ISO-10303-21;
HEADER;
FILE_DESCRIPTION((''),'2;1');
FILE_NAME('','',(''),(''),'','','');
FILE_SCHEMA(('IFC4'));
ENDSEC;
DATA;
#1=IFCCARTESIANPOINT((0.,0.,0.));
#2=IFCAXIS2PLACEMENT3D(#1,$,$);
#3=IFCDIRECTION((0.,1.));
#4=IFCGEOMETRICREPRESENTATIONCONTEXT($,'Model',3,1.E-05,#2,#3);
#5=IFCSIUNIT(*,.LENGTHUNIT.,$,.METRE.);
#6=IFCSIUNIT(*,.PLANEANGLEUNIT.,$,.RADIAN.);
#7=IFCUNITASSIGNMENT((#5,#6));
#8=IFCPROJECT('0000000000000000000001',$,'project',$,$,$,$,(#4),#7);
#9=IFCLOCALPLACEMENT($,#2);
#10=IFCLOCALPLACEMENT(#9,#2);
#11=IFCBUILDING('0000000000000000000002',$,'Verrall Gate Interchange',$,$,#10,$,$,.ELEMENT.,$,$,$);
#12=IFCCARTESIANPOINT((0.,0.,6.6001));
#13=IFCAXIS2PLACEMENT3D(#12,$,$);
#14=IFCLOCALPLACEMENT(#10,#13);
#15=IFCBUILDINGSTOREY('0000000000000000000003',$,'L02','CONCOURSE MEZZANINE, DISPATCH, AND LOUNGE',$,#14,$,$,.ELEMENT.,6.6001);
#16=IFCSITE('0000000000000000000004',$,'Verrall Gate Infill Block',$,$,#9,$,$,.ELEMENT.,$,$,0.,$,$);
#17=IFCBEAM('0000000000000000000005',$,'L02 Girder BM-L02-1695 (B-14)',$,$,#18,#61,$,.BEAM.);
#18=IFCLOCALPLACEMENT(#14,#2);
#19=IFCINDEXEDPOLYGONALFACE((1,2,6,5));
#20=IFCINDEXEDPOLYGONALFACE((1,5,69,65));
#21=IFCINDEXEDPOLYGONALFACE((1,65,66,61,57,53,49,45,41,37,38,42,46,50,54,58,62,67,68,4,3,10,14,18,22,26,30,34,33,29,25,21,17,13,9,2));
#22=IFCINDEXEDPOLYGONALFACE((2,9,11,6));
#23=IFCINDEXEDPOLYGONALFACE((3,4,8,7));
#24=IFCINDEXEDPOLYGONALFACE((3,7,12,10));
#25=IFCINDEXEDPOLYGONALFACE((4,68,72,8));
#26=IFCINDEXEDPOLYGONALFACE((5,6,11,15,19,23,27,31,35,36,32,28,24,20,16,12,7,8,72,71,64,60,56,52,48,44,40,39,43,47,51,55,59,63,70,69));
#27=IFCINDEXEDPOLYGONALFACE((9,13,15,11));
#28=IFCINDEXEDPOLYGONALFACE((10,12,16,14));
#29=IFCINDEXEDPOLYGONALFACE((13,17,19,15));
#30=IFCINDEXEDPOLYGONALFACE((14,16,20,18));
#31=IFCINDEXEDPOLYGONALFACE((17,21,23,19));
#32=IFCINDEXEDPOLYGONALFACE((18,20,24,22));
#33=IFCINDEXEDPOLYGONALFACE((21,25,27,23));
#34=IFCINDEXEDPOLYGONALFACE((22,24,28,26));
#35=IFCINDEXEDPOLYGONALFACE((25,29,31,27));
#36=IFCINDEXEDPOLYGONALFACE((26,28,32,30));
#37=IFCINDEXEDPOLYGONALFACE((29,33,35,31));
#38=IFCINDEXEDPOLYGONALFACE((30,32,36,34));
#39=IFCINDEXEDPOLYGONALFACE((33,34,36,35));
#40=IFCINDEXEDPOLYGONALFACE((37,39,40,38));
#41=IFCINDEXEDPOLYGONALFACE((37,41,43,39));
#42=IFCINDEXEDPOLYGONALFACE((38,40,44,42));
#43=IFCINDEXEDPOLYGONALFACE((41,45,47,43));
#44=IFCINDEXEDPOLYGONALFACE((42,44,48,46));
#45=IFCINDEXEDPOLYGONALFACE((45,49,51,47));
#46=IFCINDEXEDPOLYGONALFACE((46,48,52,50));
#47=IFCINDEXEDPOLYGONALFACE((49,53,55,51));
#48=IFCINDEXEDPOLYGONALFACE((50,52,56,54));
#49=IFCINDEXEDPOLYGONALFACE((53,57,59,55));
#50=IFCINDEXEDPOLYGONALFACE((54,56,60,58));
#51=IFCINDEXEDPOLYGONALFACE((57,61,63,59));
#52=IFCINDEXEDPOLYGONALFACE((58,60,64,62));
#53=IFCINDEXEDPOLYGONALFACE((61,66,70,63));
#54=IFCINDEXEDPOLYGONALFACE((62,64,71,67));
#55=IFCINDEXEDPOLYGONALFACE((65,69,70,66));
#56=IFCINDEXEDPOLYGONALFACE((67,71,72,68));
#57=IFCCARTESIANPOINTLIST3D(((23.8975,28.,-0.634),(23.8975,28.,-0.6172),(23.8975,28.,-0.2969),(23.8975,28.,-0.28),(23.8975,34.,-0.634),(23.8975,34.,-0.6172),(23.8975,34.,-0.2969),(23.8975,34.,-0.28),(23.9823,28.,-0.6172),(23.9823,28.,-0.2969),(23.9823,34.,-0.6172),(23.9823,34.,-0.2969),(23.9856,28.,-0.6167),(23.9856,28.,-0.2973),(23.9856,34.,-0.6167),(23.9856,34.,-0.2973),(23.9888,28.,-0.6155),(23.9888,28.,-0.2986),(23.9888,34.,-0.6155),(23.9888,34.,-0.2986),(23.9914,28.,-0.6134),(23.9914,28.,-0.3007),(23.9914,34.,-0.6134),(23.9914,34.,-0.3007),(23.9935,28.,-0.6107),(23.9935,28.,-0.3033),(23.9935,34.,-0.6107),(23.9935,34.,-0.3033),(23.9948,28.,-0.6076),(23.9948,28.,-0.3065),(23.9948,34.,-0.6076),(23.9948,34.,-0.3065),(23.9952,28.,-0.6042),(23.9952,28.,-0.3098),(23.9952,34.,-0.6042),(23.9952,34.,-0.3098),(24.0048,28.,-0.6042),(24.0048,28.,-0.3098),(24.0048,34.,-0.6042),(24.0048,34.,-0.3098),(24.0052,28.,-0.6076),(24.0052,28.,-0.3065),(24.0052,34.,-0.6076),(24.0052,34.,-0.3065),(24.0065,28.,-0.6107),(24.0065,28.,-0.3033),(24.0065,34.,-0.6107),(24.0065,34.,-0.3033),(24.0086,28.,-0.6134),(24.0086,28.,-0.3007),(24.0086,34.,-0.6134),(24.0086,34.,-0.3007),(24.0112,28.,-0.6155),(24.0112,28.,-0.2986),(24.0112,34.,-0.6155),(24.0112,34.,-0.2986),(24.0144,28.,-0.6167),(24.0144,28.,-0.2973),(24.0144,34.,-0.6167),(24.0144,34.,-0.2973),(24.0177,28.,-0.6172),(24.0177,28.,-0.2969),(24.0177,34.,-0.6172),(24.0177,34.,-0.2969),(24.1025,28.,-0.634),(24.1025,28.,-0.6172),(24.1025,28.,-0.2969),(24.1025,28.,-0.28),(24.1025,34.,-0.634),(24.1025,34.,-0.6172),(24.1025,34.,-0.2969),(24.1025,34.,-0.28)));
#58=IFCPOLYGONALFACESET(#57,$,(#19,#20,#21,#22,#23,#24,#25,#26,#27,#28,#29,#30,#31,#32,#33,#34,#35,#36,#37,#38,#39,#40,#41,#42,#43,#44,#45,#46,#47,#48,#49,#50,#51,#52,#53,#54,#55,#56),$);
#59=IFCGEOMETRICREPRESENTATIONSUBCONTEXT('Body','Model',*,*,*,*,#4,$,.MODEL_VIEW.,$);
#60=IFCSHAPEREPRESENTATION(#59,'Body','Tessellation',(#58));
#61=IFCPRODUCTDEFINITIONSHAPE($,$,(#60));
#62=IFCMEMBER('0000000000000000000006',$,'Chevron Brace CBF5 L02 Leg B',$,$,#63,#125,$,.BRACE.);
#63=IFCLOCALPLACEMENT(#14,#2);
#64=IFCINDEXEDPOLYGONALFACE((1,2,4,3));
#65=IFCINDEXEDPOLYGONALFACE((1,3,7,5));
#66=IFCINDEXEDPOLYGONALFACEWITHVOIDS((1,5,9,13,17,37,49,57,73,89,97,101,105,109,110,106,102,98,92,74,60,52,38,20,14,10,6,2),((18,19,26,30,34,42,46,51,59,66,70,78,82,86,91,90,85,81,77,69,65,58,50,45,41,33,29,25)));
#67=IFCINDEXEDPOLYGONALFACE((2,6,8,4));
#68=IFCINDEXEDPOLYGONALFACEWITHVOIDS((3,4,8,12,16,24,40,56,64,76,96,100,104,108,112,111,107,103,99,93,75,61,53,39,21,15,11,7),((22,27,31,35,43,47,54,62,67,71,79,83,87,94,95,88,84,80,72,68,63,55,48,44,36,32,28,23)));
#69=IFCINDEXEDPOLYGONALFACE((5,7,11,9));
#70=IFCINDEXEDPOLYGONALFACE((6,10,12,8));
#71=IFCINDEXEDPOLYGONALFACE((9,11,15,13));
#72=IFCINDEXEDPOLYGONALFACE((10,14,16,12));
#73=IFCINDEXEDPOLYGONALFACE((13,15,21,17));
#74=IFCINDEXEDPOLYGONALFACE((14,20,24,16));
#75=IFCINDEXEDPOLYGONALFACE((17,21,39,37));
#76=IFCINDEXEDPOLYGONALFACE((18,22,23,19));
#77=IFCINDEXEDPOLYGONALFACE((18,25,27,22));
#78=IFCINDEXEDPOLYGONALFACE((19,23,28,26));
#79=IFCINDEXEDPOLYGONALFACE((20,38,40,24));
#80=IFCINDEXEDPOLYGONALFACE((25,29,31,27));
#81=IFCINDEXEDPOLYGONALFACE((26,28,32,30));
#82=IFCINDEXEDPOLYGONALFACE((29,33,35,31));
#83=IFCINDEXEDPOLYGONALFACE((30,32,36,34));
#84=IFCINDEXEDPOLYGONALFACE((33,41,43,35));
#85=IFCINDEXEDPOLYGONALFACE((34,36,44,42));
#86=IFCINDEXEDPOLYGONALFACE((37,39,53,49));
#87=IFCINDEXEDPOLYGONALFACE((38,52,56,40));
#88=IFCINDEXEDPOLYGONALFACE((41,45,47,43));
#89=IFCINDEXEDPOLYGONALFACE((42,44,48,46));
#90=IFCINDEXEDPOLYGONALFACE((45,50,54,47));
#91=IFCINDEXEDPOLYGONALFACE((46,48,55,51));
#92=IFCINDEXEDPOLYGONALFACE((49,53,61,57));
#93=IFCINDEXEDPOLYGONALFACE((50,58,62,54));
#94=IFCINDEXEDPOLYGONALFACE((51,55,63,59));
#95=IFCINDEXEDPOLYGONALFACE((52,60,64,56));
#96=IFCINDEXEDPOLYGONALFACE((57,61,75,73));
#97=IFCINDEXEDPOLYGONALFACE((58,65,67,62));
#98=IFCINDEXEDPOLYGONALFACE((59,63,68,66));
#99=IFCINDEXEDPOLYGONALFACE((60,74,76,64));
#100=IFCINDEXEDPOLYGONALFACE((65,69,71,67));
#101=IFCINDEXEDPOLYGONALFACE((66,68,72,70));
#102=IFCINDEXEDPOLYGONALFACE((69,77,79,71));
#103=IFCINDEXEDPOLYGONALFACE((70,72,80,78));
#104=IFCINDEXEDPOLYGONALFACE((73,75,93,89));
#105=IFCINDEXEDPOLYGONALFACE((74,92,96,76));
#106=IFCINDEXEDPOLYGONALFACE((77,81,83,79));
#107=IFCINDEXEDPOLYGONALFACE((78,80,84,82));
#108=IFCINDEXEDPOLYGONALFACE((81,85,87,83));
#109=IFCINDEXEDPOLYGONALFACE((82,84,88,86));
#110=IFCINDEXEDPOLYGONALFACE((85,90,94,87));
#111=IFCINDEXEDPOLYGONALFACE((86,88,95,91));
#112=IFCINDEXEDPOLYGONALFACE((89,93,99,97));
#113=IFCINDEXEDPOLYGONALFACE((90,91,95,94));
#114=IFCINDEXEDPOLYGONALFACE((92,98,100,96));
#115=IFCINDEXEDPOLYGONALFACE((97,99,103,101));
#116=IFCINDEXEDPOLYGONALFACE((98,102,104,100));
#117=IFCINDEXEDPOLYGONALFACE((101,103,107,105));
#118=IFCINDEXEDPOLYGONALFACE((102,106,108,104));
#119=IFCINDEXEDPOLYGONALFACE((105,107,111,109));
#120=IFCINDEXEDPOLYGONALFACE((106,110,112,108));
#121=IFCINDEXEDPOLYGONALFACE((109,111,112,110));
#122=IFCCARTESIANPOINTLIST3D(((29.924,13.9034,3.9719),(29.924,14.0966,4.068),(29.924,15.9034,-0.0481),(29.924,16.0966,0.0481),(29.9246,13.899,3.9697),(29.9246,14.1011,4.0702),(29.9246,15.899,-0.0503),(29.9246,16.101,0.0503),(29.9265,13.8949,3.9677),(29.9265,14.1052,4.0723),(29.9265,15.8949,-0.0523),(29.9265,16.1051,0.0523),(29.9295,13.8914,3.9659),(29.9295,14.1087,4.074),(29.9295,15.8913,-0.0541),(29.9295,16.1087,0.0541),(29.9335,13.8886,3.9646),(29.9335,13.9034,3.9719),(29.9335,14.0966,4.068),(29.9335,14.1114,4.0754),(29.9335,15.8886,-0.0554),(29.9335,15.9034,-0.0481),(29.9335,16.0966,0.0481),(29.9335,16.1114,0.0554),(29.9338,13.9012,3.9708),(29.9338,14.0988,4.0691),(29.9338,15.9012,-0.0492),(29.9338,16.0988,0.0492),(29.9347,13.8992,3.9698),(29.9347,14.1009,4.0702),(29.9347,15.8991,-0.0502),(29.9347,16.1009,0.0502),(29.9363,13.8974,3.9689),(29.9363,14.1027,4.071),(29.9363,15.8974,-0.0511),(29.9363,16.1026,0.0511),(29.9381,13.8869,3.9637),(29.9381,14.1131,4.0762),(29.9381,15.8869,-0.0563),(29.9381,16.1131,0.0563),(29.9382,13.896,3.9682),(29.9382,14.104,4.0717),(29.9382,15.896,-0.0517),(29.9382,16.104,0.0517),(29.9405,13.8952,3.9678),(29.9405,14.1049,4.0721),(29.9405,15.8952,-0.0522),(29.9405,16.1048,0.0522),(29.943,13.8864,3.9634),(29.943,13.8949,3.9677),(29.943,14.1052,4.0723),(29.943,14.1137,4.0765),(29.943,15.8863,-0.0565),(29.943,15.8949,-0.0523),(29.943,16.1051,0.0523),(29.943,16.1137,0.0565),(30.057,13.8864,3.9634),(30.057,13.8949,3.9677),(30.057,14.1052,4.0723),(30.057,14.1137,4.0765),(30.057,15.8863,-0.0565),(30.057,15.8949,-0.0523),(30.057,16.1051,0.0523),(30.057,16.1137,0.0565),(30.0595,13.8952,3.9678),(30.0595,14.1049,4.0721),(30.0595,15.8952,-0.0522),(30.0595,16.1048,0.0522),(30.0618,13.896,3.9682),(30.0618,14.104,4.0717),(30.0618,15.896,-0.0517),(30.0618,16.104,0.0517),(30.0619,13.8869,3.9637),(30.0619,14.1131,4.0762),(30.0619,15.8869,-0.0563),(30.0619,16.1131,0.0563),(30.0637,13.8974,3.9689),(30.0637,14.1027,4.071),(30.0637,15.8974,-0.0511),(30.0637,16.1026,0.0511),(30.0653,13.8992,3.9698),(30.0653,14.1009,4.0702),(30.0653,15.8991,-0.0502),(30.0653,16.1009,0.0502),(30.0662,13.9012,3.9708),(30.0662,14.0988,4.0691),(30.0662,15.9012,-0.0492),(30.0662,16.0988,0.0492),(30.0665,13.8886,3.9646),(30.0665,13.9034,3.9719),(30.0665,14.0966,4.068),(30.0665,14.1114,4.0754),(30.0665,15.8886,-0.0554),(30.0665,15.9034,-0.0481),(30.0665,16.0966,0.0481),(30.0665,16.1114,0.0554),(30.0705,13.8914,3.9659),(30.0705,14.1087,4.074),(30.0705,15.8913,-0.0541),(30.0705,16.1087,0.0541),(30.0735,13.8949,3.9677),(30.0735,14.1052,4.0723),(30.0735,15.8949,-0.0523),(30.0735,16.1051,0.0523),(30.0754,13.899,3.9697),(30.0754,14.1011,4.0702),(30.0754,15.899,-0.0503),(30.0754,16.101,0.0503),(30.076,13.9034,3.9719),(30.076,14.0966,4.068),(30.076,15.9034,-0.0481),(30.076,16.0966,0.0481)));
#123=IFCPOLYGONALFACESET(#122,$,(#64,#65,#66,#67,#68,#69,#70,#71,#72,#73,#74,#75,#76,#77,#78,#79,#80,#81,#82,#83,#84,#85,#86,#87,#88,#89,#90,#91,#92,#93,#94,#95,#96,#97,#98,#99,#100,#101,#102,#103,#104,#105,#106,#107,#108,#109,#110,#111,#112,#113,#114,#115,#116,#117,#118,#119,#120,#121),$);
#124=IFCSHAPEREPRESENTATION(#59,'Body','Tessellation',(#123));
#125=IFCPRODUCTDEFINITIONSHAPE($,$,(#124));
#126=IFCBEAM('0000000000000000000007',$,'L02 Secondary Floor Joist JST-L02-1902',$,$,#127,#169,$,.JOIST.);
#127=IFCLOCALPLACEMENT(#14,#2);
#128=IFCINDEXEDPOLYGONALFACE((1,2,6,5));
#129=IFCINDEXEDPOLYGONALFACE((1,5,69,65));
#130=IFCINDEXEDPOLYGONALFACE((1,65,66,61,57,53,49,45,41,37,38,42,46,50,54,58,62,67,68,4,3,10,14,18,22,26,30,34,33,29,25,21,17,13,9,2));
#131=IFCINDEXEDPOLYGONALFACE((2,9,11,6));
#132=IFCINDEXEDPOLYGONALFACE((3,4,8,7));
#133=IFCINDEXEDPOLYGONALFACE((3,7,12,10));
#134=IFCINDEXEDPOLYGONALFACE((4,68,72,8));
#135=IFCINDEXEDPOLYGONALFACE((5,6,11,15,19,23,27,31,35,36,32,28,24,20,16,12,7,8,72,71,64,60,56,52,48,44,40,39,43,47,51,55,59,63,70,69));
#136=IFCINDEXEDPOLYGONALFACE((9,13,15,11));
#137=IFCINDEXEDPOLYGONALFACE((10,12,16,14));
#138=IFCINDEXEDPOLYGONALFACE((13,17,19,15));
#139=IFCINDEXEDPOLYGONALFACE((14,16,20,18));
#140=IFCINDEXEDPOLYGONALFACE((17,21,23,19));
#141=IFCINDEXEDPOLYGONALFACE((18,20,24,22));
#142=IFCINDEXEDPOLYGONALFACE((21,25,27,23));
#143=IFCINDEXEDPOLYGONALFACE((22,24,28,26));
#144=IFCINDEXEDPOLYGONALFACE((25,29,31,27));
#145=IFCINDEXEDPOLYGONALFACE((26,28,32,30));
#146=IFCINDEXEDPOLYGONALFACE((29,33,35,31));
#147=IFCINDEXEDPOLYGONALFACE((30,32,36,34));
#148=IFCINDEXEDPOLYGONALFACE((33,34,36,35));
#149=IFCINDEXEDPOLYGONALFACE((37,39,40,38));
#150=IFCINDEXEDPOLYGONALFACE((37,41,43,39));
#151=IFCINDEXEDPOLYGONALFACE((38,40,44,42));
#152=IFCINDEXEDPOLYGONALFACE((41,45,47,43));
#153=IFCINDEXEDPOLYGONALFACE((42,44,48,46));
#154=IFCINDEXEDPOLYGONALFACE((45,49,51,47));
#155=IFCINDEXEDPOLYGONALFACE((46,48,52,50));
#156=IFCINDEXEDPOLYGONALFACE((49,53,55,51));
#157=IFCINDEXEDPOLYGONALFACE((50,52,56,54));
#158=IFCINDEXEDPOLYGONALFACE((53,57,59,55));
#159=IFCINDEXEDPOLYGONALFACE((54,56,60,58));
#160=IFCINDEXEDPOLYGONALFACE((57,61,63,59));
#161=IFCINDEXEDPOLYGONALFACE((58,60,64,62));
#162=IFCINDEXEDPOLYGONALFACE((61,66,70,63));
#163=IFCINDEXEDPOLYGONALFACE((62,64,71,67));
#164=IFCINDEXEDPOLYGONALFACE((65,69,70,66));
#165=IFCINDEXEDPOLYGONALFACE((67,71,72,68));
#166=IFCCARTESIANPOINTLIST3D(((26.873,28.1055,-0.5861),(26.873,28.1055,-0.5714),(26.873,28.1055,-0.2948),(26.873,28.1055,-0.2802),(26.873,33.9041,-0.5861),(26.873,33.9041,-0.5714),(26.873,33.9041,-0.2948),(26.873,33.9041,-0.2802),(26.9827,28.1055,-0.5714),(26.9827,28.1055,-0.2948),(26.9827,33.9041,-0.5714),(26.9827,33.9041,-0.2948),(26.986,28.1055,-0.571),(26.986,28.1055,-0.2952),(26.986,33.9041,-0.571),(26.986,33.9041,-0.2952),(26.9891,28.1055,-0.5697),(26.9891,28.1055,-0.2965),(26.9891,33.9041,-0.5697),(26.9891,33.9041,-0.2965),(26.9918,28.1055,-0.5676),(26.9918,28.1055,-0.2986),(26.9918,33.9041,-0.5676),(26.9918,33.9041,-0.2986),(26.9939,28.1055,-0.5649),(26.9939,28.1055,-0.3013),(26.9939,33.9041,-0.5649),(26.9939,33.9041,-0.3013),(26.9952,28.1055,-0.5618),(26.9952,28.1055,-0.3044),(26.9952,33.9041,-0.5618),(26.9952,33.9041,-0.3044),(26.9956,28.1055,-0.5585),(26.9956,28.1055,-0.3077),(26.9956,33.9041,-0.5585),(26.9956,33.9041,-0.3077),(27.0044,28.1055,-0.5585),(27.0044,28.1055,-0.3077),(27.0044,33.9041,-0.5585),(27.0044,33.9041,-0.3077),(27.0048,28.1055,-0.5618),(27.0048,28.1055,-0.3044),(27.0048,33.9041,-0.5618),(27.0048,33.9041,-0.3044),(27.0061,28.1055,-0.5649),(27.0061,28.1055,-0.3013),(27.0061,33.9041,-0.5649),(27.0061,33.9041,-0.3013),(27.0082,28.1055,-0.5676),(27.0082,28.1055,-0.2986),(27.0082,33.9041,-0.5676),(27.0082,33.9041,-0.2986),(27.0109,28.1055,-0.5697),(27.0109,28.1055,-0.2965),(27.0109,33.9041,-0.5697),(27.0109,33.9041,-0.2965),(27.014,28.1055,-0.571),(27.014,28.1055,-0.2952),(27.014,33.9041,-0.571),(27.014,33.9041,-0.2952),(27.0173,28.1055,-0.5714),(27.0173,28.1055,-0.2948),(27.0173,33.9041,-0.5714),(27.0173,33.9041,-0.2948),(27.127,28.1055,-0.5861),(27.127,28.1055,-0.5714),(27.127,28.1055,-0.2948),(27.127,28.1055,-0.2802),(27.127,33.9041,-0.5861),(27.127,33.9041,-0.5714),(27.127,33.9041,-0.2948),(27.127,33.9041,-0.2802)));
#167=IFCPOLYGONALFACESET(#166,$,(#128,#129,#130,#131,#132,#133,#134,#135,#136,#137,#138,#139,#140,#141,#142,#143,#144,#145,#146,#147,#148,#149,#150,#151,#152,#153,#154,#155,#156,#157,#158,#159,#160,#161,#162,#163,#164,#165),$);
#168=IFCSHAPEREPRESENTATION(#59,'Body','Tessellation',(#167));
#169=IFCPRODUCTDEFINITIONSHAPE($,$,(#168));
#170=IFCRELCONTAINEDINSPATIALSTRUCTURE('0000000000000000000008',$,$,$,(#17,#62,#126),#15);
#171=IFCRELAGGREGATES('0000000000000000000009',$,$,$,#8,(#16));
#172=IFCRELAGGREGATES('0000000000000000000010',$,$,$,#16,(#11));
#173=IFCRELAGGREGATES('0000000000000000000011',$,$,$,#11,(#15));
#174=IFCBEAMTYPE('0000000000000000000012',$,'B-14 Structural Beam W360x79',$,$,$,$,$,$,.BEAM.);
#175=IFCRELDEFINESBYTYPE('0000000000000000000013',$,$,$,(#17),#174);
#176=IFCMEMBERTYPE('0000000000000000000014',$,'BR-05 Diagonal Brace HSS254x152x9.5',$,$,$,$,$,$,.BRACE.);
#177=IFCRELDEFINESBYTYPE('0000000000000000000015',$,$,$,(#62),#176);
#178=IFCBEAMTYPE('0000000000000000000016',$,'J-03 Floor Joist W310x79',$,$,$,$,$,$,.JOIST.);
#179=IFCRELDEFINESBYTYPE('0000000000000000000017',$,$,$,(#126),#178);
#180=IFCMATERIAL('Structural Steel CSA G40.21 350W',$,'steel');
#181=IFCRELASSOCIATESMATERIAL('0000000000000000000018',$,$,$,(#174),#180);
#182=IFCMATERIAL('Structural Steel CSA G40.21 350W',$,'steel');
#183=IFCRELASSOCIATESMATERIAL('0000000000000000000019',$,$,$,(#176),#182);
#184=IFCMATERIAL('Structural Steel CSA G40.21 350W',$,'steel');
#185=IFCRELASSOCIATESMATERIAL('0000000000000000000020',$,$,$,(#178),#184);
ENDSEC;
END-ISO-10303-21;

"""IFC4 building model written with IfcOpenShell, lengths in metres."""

from ifc_helpers import new_model, si_unit, direction, frame, origin, origin_2d, place, context, subcontext, project, spatial, hollow_rectangle, i_section, extrude, material, material_profile, profile_set, type_object, element, save


model = new_model("IFC4")

# Units and contexts
model_context = context("Model", 3, precision=1e-05, world=origin(), true_north=direction((0.0, 1.0)))
body_context = subcontext(model_context, "Body", "Model", "MODEL_VIEW")
ifc_project = project(units=[si_unit("LENGTHUNIT", "METRE"), si_unit("PLANEANGLEUNIT", "RADIAN")], contexts=[model_context])

# Site, building, storey
site_placement = place(None, origin())
site = spatial("IfcSite", under=ifc_project, at=site_placement, Name="Verrall Gate Infill Block", CompositionType="ELEMENT", RefElevation=0.0)
building_placement = place(site_placement, origin())
building = spatial("IfcBuilding", under=site, at=building_placement, Name="Verrall Gate Interchange", CompositionType="ELEMENT")
storey_placement = place(building_placement, frame((0.0, 0.0, 6.6001)))
storey = spatial("IfcBuildingStorey", under=building, at=storey_placement, Name="L02", Description="CONCOURSE MEZZANINE, DISPATCH, AND LOUNGE", CompositionType="ELEMENT", Elevation=6.6001)

# Beam
ifc_material_1 = material(Name="Structural Steel CSA G40.21 350W", Category="steel")
ifc_material_profile_1 = material_profile(ifc_material_1, i_section(OverallWidth=0.2051, OverallDepth=0.354, WebThickness=0.0095, FlangeThickness=0.0168, FilletRadius=0.0129, at=origin_2d()), Name="W360x79")
ifc_profile_set_1 = profile_set([ifc_material_profile_1], Name="Structural Steel CSA G40.21 350W")
beam_type_1 = type_object("IfcBeamType", Name="B-14 Structural Beam W360x79", PredefinedType="BEAM", material=ifc_profile_set_1)
for number, where, z_axis, x_axis, name in (
    (1, (24.0, 28.0, -0.457), (0.0, 1.0, 0.0), (-1.0, 0.0, 0.0), "L02 Girder BM-L02-1695 (B-14)"),
):
    element("IfcBeam", number, at=place(storey_placement, frame(where, z_axis=z_axis, x_axis=x_axis)), inside=storey, type_object=beam_type_1, Name=name, PredefinedType="BEAM", context=body_context, shape_type="SweptSolid", body=[
        extrude(i_section(OverallWidth=0.2051, OverallDepth=0.354, WebThickness=0.0095, FlangeThickness=0.0168, FilletRadius=0.0129, at=origin_2d()), origin(), (0.0, 0.0, 1.0), 6.0),
    ])

# Member
ifc_material_2 = material(Name="Structural Steel CSA G40.21 350W", Category="steel")
ifc_material_profile_2 = material_profile(ifc_material_2, hollow_rectangle(XDim=0.1521, YDim=0.2539, WallThickness=0.0095, InnerFilletRadius=0.0095, OuterFilletRadius=0.019, at=origin_2d()), Name="HSS254x152x9.5")
ifc_profile_set_2 = profile_set([ifc_material_profile_2], Name="Structural Steel CSA G40.21 350W")
member_type = type_object("IfcMemberType", Name="BR-05 Diagonal Brace HSS254x152x9.5", PredefinedType="BRACE", material=ifc_profile_set_2)
member_placement = place(storey_placement, frame((30.0, 16.0, 0.0), z_axis=(0.0, -0.445429, 0.895317), x_axis=(1.0, 0.0, 0.0)))
element("IfcMember", 2, at=member_placement, inside=storey, type_object=member_type, Name="Chevron Brace CBF5 L02 Leg B", PredefinedType="BRACE", context=body_context, shape_type="SweptSolid", body=[
    extrude(hollow_rectangle(XDim=0.1521, YDim=0.2539, WallThickness=0.0095, InnerFilletRadius=0.0095, OuterFilletRadius=0.019, at=origin_2d()), origin(), (0.0, 0.0, 1.0), 4.49),
])

# Beam
ifc_material_3 = material(Name="Structural Steel CSA G40.21 350W", Category="steel")
ifc_material_profile_3 = material_profile(ifc_material_3, i_section(OverallWidth=0.2539, OverallDepth=0.3059, WebThickness=0.0088, FlangeThickness=0.0146, FilletRadius=0.0129, at=origin_2d()), Name="W310x79")
ifc_profile_set_3 = profile_set([ifc_material_profile_3], Name="Structural Steel CSA G40.21 350W")
beam_type_2 = type_object("IfcBeamType", Name="J-03 Floor Joist W310x79", PredefinedType="JOIST", material=ifc_profile_set_3)
beam_1_placement = place(storey_placement, frame((27.0, 28.1055, -0.4331), z_axis=(0.0, 1.0, 0.0), x_axis=(-1.0, 0.0, 0.0)))
element("IfcBeam", 3, at=beam_1_placement, inside=storey, type_object=beam_type_2, Name="L02 Secondary Floor Joist JST-L02-1902", PredefinedType="JOIST", context=body_context, shape_type="SweptSolid", body=[
    extrude(i_section(OverallWidth=0.2539, OverallDepth=0.3059, WebThickness=0.0088, FlangeThickness=0.0146, FilletRadius=0.0129, at=origin_2d()), origin(), (0.0, 0.0, 1.0), 5.7986),
])

save(model, "model.ifc")
